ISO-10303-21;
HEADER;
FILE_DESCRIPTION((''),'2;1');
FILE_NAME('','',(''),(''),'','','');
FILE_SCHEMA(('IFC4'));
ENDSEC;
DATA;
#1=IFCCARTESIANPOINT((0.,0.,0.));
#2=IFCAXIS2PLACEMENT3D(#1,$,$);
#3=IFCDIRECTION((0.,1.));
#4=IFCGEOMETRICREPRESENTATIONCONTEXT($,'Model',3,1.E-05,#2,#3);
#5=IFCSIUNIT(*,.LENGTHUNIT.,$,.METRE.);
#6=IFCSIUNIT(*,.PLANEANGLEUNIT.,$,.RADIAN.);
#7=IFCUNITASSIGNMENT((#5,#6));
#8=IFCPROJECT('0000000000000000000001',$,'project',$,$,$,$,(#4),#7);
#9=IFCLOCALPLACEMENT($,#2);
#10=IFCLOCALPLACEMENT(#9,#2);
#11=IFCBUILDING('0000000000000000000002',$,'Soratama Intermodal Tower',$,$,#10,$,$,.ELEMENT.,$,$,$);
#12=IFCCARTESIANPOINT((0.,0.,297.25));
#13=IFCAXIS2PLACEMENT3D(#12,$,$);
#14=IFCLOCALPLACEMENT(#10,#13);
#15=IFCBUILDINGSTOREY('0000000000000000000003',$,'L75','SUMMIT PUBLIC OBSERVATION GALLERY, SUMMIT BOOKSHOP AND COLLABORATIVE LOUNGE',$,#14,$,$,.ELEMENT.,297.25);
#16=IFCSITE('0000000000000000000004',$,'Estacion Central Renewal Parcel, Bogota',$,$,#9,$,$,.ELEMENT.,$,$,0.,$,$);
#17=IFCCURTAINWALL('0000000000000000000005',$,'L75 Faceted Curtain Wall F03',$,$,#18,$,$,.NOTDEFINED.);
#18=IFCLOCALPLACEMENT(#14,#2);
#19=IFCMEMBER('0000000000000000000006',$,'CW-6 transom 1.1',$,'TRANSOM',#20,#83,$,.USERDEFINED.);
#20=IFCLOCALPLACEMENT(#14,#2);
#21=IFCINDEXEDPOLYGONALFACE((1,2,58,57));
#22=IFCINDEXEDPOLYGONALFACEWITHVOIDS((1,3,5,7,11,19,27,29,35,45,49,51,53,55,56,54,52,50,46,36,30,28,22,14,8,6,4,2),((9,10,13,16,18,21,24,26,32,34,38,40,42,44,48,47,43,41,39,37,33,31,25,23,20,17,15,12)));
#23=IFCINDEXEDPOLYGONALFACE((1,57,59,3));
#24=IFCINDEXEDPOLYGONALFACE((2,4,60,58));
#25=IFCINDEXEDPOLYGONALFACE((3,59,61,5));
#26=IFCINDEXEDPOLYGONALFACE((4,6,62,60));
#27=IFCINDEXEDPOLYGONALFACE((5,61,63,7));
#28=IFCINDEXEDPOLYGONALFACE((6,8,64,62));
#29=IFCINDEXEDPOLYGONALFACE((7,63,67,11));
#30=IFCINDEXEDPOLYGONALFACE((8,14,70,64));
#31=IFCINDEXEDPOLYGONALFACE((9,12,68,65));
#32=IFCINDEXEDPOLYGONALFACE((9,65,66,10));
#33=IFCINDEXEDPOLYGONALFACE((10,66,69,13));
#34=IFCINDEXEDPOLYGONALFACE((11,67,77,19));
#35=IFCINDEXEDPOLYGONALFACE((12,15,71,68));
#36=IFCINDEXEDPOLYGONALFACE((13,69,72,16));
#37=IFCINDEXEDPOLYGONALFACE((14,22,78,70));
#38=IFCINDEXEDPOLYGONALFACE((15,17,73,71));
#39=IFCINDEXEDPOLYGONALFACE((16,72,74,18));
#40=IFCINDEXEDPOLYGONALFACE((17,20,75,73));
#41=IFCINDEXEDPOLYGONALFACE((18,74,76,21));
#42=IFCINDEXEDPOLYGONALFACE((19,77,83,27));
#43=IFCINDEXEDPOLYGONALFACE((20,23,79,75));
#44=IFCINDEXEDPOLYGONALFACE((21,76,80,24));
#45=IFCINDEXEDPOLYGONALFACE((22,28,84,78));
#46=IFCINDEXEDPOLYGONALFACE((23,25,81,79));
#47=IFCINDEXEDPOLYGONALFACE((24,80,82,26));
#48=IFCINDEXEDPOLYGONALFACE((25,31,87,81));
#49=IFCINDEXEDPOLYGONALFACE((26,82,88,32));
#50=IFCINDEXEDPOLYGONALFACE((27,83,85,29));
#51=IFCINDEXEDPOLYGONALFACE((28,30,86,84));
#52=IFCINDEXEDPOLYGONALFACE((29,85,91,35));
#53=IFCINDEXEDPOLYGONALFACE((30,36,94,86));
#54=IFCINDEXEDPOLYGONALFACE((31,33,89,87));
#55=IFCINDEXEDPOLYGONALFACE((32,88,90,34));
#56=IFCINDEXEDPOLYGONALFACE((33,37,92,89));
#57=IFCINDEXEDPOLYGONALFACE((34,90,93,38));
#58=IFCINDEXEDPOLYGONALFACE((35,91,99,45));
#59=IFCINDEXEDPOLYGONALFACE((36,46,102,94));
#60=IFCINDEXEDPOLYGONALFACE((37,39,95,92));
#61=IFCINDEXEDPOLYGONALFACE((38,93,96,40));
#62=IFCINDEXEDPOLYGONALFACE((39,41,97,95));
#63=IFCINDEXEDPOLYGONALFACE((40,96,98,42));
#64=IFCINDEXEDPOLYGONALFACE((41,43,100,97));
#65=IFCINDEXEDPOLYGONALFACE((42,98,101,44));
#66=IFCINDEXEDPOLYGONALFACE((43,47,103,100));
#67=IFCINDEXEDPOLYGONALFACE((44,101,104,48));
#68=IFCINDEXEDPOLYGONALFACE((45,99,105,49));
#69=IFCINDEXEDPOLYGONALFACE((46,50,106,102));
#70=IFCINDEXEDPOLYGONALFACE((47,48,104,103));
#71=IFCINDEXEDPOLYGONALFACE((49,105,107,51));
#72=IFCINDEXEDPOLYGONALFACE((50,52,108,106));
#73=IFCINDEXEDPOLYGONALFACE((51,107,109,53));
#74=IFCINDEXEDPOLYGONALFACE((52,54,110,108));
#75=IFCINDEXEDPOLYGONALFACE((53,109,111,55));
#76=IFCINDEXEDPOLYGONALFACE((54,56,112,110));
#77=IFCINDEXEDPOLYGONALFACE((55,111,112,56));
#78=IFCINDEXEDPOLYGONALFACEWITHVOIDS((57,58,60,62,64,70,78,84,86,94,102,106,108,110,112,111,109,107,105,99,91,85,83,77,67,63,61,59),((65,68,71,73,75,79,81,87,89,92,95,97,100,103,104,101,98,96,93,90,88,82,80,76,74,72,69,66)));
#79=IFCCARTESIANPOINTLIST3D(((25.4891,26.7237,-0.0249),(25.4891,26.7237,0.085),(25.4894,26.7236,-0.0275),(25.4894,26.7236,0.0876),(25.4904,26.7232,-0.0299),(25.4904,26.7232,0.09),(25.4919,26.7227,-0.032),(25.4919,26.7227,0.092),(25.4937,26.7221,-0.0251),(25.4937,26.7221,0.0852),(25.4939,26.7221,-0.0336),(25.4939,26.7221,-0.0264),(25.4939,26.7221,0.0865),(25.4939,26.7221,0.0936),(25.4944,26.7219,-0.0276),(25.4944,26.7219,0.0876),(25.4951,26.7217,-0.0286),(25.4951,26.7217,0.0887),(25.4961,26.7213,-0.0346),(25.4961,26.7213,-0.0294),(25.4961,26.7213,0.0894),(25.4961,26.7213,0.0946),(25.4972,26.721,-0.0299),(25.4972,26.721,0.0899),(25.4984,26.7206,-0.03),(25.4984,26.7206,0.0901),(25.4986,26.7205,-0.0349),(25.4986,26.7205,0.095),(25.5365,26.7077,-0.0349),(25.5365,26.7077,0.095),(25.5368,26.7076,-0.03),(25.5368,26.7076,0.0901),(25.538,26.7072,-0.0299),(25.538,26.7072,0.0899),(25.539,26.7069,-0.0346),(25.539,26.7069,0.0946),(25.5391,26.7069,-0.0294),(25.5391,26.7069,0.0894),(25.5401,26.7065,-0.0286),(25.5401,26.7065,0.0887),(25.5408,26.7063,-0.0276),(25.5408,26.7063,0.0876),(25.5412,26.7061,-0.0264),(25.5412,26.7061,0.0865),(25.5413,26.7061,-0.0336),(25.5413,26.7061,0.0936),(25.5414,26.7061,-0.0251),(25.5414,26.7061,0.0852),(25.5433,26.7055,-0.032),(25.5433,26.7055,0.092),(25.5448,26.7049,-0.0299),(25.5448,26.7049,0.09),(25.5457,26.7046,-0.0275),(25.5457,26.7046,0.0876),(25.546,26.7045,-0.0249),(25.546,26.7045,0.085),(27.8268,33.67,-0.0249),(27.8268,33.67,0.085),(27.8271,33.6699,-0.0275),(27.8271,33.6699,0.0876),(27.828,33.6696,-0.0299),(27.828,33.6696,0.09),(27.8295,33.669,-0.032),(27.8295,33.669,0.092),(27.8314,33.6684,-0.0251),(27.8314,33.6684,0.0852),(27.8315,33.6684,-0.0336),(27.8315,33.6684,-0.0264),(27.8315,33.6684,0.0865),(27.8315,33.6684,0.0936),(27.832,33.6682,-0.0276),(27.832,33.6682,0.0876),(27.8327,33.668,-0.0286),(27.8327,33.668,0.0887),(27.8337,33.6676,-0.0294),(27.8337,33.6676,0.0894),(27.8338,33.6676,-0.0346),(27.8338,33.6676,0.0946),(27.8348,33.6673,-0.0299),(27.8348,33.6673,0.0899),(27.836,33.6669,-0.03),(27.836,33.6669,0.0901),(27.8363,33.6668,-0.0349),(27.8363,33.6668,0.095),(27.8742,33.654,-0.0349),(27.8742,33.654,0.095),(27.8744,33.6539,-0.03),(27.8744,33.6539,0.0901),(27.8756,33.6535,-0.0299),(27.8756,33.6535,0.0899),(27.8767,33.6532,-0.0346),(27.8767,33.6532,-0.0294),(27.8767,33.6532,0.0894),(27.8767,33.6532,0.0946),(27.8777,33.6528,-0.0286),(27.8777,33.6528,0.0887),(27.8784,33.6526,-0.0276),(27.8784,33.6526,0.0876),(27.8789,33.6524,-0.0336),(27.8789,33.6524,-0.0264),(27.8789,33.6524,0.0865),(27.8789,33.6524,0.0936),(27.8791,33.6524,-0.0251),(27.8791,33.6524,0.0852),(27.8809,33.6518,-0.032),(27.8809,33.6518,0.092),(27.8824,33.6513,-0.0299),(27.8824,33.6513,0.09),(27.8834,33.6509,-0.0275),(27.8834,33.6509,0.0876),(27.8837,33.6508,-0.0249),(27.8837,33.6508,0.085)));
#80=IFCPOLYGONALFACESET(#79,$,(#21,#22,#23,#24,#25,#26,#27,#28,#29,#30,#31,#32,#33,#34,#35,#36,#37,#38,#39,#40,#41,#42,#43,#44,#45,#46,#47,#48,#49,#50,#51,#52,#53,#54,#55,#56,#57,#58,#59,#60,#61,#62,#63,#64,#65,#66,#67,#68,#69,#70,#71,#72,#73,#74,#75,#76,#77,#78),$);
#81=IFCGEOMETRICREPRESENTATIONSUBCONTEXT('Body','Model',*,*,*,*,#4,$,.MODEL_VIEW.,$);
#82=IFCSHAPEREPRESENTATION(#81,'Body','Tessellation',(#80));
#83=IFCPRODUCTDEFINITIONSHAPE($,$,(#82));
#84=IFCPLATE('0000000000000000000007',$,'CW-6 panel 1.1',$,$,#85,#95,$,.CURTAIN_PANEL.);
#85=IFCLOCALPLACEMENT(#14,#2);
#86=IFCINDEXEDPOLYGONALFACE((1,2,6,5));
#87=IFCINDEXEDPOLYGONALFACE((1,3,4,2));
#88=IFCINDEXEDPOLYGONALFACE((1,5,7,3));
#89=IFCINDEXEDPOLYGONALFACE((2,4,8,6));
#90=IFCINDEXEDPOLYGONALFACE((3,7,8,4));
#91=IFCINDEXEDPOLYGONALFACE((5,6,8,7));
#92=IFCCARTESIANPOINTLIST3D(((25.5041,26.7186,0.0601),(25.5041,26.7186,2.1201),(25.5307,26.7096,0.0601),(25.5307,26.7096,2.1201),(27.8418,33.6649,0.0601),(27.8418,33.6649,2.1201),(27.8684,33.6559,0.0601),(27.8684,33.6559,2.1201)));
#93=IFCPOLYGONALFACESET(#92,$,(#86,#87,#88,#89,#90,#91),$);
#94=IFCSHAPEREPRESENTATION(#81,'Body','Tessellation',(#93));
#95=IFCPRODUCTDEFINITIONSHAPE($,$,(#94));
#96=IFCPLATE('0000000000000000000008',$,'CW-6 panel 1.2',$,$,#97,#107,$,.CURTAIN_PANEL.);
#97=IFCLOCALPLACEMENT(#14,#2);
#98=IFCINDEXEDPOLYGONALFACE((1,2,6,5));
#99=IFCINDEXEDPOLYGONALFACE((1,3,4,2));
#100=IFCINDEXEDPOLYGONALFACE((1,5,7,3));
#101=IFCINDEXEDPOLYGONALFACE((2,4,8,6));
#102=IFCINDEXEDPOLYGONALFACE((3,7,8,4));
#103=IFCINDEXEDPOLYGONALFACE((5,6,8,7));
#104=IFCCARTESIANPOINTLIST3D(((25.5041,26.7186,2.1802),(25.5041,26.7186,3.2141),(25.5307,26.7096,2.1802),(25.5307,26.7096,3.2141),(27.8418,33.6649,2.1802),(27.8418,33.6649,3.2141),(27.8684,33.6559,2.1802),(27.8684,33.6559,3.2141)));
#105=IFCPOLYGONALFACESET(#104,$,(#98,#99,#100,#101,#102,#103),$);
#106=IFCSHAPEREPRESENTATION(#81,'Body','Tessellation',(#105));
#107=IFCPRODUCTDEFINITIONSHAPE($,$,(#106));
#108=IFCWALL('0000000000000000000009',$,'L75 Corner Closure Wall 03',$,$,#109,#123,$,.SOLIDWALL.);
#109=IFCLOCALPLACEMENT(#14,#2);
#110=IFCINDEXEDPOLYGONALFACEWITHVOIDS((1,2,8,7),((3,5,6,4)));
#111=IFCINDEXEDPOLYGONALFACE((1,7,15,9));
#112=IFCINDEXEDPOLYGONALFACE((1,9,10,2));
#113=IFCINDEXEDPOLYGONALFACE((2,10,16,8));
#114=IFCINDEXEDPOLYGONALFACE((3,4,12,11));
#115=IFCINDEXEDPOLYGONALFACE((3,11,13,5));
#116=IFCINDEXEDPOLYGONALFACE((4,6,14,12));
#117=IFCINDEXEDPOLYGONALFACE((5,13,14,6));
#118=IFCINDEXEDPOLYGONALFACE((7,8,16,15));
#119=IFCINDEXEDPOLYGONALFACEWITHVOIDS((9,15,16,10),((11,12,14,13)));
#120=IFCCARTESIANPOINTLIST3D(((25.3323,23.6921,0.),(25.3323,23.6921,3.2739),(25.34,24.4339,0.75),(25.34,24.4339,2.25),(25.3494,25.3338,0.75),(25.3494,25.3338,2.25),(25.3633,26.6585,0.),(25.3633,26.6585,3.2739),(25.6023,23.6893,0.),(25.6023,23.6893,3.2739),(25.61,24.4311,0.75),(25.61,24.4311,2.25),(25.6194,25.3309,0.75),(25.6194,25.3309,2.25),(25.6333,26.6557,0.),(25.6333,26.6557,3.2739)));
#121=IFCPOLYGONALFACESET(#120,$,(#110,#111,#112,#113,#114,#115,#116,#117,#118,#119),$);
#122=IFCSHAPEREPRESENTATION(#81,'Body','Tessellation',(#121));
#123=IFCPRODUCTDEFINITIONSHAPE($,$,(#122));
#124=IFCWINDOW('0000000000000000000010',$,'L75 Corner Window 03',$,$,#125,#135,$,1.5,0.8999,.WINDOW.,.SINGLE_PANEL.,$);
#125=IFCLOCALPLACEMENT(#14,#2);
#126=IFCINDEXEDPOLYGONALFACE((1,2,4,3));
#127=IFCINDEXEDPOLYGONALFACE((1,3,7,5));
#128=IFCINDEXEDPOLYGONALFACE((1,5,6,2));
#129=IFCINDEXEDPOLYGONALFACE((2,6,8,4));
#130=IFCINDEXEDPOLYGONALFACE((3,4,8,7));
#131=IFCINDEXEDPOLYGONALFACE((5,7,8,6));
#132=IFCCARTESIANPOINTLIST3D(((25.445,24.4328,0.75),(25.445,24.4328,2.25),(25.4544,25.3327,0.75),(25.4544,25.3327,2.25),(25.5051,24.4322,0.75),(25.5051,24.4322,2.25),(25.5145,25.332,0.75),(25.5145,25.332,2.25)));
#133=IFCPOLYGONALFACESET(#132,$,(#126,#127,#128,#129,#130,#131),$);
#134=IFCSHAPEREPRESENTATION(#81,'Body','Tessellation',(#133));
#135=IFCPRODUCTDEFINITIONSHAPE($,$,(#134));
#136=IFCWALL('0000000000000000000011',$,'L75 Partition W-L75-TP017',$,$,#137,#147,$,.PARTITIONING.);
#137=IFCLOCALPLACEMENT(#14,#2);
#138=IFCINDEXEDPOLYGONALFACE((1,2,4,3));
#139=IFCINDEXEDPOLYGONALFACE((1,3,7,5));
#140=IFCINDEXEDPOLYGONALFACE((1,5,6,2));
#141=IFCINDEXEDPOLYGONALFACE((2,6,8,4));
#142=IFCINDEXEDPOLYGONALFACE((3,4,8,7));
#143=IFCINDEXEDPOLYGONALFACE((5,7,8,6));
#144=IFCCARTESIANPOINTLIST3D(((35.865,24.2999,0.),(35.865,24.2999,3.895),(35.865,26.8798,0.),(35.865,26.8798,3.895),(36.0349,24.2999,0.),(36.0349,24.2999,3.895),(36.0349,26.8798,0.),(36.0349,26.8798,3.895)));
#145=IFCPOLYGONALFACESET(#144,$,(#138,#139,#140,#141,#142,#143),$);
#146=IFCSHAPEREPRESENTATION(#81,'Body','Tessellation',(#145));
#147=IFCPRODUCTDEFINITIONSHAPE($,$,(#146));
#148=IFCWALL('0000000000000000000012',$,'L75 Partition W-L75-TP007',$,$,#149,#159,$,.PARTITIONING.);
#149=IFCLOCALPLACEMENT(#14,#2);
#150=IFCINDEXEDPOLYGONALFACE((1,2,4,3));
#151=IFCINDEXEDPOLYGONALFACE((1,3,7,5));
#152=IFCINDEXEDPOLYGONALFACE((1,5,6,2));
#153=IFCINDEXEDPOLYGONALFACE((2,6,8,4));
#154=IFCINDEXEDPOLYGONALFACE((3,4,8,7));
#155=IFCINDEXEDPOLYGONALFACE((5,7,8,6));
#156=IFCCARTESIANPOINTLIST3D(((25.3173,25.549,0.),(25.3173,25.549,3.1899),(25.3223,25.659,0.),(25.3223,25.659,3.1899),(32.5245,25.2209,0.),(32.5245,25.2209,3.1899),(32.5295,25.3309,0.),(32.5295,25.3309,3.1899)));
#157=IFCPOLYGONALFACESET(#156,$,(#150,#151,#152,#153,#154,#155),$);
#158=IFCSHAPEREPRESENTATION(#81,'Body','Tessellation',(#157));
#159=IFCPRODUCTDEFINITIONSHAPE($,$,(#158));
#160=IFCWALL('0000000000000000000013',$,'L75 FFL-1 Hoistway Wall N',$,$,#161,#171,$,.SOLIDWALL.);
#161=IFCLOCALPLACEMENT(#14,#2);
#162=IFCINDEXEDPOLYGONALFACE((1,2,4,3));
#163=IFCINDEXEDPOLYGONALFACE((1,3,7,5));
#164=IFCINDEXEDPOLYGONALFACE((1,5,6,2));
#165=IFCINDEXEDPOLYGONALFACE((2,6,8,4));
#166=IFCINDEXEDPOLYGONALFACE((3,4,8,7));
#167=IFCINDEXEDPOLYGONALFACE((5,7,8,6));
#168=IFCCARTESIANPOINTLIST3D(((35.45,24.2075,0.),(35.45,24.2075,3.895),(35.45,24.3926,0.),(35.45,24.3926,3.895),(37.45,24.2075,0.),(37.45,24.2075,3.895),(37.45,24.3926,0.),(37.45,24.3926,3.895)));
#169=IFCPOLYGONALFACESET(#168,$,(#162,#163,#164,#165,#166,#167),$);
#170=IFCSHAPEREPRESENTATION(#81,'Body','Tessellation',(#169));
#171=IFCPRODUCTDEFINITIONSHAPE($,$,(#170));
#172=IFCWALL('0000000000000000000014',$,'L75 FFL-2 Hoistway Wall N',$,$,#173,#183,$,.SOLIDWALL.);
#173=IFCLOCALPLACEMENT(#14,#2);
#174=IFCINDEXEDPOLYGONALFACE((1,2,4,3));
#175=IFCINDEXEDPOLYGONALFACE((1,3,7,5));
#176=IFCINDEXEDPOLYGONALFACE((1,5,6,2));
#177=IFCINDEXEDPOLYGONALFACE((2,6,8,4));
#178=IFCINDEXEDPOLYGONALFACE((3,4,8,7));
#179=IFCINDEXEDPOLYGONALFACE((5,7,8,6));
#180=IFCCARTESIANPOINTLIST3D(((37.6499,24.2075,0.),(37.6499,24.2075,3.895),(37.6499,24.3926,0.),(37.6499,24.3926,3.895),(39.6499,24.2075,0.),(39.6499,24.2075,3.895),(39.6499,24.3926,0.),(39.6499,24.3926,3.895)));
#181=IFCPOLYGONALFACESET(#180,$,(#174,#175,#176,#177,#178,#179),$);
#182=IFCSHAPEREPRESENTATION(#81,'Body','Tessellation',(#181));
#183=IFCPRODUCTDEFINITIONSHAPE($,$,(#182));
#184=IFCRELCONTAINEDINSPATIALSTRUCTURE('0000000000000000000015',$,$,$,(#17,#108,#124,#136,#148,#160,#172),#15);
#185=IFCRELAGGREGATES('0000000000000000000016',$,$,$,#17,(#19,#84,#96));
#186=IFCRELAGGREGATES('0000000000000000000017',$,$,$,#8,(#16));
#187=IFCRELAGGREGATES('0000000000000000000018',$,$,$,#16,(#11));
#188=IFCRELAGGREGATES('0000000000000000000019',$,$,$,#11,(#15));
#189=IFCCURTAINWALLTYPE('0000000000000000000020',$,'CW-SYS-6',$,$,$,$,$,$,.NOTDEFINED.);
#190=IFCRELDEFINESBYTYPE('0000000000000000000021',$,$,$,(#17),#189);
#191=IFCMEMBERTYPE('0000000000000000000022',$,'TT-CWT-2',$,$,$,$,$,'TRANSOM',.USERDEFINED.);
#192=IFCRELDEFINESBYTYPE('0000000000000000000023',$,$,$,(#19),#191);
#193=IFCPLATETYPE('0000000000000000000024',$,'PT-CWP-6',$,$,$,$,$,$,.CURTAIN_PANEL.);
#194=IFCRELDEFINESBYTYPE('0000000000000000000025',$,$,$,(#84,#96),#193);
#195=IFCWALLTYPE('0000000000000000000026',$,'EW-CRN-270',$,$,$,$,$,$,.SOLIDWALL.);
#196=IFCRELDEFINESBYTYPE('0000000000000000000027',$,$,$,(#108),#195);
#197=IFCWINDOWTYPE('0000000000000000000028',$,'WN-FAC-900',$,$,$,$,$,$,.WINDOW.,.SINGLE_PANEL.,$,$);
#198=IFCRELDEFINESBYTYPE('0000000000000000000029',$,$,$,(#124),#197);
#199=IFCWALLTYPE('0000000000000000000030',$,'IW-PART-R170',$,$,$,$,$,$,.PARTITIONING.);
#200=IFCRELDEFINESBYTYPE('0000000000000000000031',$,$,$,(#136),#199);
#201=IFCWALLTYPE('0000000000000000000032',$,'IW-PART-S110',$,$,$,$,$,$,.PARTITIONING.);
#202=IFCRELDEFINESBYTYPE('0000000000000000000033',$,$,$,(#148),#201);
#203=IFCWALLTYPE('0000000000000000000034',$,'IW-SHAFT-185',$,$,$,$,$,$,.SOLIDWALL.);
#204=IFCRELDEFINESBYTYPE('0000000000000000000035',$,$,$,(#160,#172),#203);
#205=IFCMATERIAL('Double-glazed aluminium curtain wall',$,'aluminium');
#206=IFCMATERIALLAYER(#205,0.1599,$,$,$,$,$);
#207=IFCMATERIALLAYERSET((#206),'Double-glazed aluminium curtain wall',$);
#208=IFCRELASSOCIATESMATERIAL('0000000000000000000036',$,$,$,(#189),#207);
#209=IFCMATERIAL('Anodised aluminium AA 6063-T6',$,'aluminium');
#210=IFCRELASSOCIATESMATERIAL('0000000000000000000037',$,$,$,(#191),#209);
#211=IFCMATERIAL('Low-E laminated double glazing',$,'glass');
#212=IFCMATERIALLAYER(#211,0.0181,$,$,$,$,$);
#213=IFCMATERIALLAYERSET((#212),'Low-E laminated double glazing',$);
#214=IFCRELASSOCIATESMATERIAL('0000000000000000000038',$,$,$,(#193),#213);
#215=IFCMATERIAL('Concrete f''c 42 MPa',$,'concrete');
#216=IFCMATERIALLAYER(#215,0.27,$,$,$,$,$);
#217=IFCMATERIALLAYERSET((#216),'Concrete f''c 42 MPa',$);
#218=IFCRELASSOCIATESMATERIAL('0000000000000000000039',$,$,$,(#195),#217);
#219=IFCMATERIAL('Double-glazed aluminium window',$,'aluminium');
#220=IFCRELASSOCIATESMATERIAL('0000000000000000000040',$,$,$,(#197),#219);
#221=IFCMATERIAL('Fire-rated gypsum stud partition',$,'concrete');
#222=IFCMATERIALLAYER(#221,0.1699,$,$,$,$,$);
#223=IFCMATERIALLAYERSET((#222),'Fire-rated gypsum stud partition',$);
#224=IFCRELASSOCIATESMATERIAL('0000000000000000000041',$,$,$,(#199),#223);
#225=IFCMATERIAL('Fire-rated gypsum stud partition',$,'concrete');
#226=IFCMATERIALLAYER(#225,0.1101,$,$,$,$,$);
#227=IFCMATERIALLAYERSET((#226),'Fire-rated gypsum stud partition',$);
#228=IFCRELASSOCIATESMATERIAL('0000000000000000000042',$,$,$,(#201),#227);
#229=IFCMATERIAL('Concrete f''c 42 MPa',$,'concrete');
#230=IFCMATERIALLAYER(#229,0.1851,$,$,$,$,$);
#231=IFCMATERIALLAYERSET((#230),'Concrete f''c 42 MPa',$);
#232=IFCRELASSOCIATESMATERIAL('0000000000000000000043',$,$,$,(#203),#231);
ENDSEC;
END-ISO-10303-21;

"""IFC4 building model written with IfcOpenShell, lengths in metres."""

from ifc_helpers import new_model, si_unit, direction, frame, frame_2d, origin, origin_2d, place, context, subcontext, project, spatial, rectangle, hollow_rectangle, extrude, material, layer, layer_set, material_profile, profile_set, type_object, element, fill, aggregate, save


model = new_model("IFC4")

# Units and contexts
model_context = context("Model", 3, precision=1e-05, world=origin(), true_north=direction((0.0, 1.0)))
body_context = subcontext(model_context, "Body", "Model", "MODEL_VIEW")
ifc_project = project(units=[si_unit("LENGTHUNIT", "METRE"), si_unit("PLANEANGLEUNIT", "RADIAN")], contexts=[model_context])

# Site, building, storey
site_placement = place(None, origin())
site = spatial("IfcSite", under=ifc_project, at=site_placement, Name="Estacion Central Renewal Parcel, Bogota", CompositionType="ELEMENT", RefElevation=0.0)
building_placement = place(site_placement, origin())
building = spatial("IfcBuilding", under=site, at=building_placement, Name="Soratama Intermodal Tower", CompositionType="ELEMENT")
storey_placement = place(building_placement, frame((0.0, 0.0, 297.25)))
storey = spatial("IfcBuildingStorey", under=building, at=storey_placement, Name="L75", Description="SUMMIT PUBLIC OBSERVATION GALLERY, SUMMIT BOOKSHOP AND COLLABORATIVE LOUNGE", CompositionType="ELEMENT", Elevation=297.25)

# Curtain wall, member, plates
ifc_material_1 = material(Name="Double-glazed aluminium curtain wall", Category="aluminium")
ifc_layer_1 = layer(ifc_material_1, 0.1599)
ifc_layer_set_1 = layer_set([ifc_layer_1], Name="Double-glazed aluminium curtain wall")
curtain_wall_type = type_object("IfcCurtainWallType", Name="CW-SYS-6", PredefinedType="NOTDEFINED", material=ifc_layer_set_1)
curtain_wall_placement = place(storey_placement, origin())
curtain_wall = element("IfcCurtainWall", 1, at=curtain_wall_placement, inside=storey, type_object=curtain_wall_type, Name="L75 Faceted Curtain Wall F03", PredefinedType="NOTDEFINED")
ifc_material_2 = material(Name="Anodised aluminium AA 6063-T6", Category="aluminium")
ifc_material_profile_1 = material_profile(ifc_material_2, hollow_rectangle(XDim=0.0601, YDim=0.1299, WallThickness=0.0049, InnerFilletRadius=0.0049, OuterFilletRadius=0.01, at=origin_2d()), Name="CWT130X60X5")
ifc_profile_set_1 = profile_set([ifc_material_profile_1], Name="Anodised aluminium AA 6063-T6")
member_type_1 = type_object("IfcMemberType", Name="TT-CWT-2", ElementType="TRANSOM", PredefinedType="USERDEFINED", material=ifc_profile_set_1)
member_1_placement = place(storey_placement, frame((27.8552, 33.6604, 0.03), z_axis=(-0.318955, -0.94777, 0.0), x_axis=(0.94777, -0.318955, 0.0)))
member_1 = element("IfcMember", 2, at=member_1_placement, type_object=member_type_1, Name="CW-6 transom 1.1", ObjectType="TRANSOM", PredefinedType="USERDEFINED", context=body_context, shape_type="SweptSolid", body=[
    extrude(hollow_rectangle(XDim=0.0601, YDim=0.1299, WallThickness=0.0049, InnerFilletRadius=0.0049, OuterFilletRadius=0.01, at=origin_2d()), origin(), (0.0, 0.0, 1.0), 7.3291),
])
ifc_material_3 = material(Name="Low-E laminated double glazing", Category="glass")
ifc_layer_2 = layer(ifc_material_3, 0.0181)
ifc_layer_set_2 = layer_set([ifc_layer_2], Name="Low-E laminated double glazing")
plate_type = type_object("IfcPlateType", Name="PT-CWP-6", PredefinedType="CURTAIN_PANEL", material=ifc_layer_set_2)
plate_1_placement = place(storey_placement, frame((26.6863, 30.1873, 0.0601), z_axis=(0.0, 0.0, 1.0), x_axis=(-0.318961, -0.947768, 0.0)))
plate_1 = element("IfcPlate", 3, at=plate_1_placement, type_object=plate_type, Name="CW-6 panel 1.1", PredefinedType="CURTAIN_PANEL", context=body_context, shape_type="SweptSolid", body=[
    extrude(rectangle(XDim=7.3291, YDim=0.0281, at=origin_2d()), origin(), (0.0, 0.0, 1.0), 2.0601),
])
plate_2_placement = place(storey_placement, frame((26.6863, 30.1873, 2.1802), z_axis=(0.0, 0.0, 1.0), x_axis=(-0.318961, -0.947768, 0.0)))
plate_2 = element("IfcPlate", 4, at=plate_2_placement, type_object=plate_type, Name="CW-6 panel 1.2", PredefinedType="CURTAIN_PANEL", context=body_context, shape_type="SweptSolid", body=[
    extrude(rectangle(XDim=7.3291, YDim=0.0281, at=origin_2d()), origin(), (0.0, 0.0, 1.0), 1.0339),
])
aggregate(curtain_wall, [member_1, plate_1, plate_2])

# Wall, opening, window
ifc_material_4 = material(Name="Concrete f'c 42 MPa", Category="concrete")
ifc_layer_3 = layer(ifc_material_4, 0.27)
ifc_layer_set_3 = layer_set([ifc_layer_3], Name="Concrete f'c 42 MPa")
wall_type_1 = type_object("IfcWallType", Name="EW-CRN-270", PredefinedType="SOLIDWALL", material=ifc_layer_set_3)
wall_1_placement = place(storey_placement, frame((25.4983, 26.6572, 0.0), z_axis=(0.0, 0.0, 1.0), x_axis=(-0.010452, -0.999945, 0.0)))
wall_1 = element("IfcWall", 5, at=wall_1_placement, inside=storey, type_object=wall_type_1, Name="L75 Corner Closure Wall 03", PredefinedType="SOLIDWALL", context=body_context, shape_type="SweptSolid", body=[
    extrude(rectangle(XDim=2.9666, YDim=0.27, at=frame_2d((1.4834, 0.0))), origin(), (0.0, 0.0, 1.0), 3.2739),
])
opening_1_placement = place(wall_1_placement, frame((1.325, 0.0, 0.75)))
opening_1 = element("IfcOpeningElement", 6, at=opening_1_placement, cuts=wall_1, PredefinedType="OPENING", context=body_context, shape_type="SweptSolid", body=[
    extrude(rectangle(XDim=0.8999, YDim=1.5, at=frame_2d((0.45, 0.75))), frame((0.0, 0.145, 0.0), z_axis=(0.0, -1.0, 0.0), x_axis=(1.0, 0.0, 0.0)), (0.0, 0.0, 1.0), 0.29),
])
ifc_material_5 = material(Name="Double-glazed aluminium window", Category="aluminium")
window_type = type_object("IfcWindowType", Name="WN-FAC-900", PartitioningType="SINGLE_PANEL", PredefinedType="WINDOW", material=ifc_material_5)
window_placement = place(opening_1_placement, origin())
window = element("IfcWindow", 7, at=window_placement, inside=storey, type_object=window_type, Name="L75 Corner Window 03", OverallHeight=1.5, OverallWidth=0.8999, PartitioningType="SINGLE_PANEL", PredefinedType="WINDOW", context=body_context, shape_type="SweptSolid", body=[
    extrude(rectangle(XDim=0.8999, YDim=1.5, at=frame_2d((0.45, 0.75))), frame((0.0, 0.03, 0.0), z_axis=(0.0, -1.0, 0.0), x_axis=(1.0, 0.0, 0.0)), (0.0, 0.0, 1.0), 0.0601),
])
fill(opening_1, window)

# Shared definitions
ifc_material_6 = material(Name="Fire-rated gypsum stud partition", Category="concrete")
ifc_layer_4 = layer(ifc_material_6, 0.1699)
ifc_layer_set_4 = layer_set([ifc_layer_4], Name="Fire-rated gypsum stud partition")
wall_type_2 = type_object("IfcWallType", Name="IW-PART-R170", PredefinedType="PARTITIONING", material=ifc_layer_set_4)

# Walls
wall_2_placement = place(storey_placement, frame((35.95, 26.8799, 0.0), z_axis=(0.0, 0.0, 1.0), x_axis=(0.0, -1.0, 0.0)))
element("IfcWall", 8, at=wall_2_placement, inside=storey, type_object=wall_type_2, Name="L75 Partition W-L75-TP017", PredefinedType="PARTITIONING", context=body_context, shape_type="SweptSolid", body=[
    extrude(rectangle(XDim=2.5798, YDim=0.1699, at=frame_2d((1.29, 0.0))), origin(), (0.0, 0.0, 1.0), 3.895),
])
ifc_material_7 = material(Name="Fire-rated gypsum stud partition", Category="concrete")
ifc_layer_5 = layer(ifc_material_7, 0.1101)
ifc_layer_set_5 = layer_set([ifc_layer_5], Name="Fire-rated gypsum stud partition")
wall_type_3 = type_object("IfcWallType", Name="IW-PART-S110", PredefinedType="PARTITIONING", material=ifc_layer_set_5)
wall_3_placement = place(storey_placement, frame((32.5271, 25.2759, 0.0), z_axis=(0.0, 0.0, 1.0), x_axis=(-0.998965, 0.045481, 0.0)))
element("IfcWall", 9, at=wall_3_placement, inside=storey, type_object=wall_type_3, Name="L75 Partition W-L75-TP007", PredefinedType="PARTITIONING", context=body_context, shape_type="SweptSolid", body=[
    extrude(rectangle(XDim=7.2146, YDim=0.1101, at=frame_2d((3.6074, 0.0))), origin(), (0.0, 0.0, 1.0), 3.1899),
])
ifc_material_8 = material(Name="Concrete f'c 42 MPa", Category="concrete")
ifc_layer_6 = layer(ifc_material_8, 0.1851)
ifc_layer_set_6 = layer_set([ifc_layer_6], Name="Concrete f'c 42 MPa")
wall_type_4 = type_object("IfcWallType", Name="IW-SHAFT-185", PredefinedType="SOLIDWALL", material=ifc_layer_set_6)
for number, where, z_axis, x_axis, name in (
    (10, (35.45, 24.3, 0.0), (0.0, 0.0, 1.0), (1.0, 0.0, 0.0), "L75 FFL-1 Hoistway Wall N"),
    (11, (37.6499, 24.3, 0.0), (0.0, 0.0, 1.0), (1.0, 0.0, 0.0), "L75 FFL-2 Hoistway Wall N"),
):
    element("IfcWall", number, at=place(storey_placement, frame(where, z_axis=z_axis, x_axis=x_axis)), inside=storey, type_object=wall_type_4, Name=name, PredefinedType="SOLIDWALL", context=body_context, shape_type="SweptSolid", body=[
        extrude(rectangle(XDim=2.0, YDim=0.1851, at=frame_2d((1.0, 0.0))), origin(), (0.0, 0.0, 1.0), 3.895),
    ])

save(model, "model.ifc")
